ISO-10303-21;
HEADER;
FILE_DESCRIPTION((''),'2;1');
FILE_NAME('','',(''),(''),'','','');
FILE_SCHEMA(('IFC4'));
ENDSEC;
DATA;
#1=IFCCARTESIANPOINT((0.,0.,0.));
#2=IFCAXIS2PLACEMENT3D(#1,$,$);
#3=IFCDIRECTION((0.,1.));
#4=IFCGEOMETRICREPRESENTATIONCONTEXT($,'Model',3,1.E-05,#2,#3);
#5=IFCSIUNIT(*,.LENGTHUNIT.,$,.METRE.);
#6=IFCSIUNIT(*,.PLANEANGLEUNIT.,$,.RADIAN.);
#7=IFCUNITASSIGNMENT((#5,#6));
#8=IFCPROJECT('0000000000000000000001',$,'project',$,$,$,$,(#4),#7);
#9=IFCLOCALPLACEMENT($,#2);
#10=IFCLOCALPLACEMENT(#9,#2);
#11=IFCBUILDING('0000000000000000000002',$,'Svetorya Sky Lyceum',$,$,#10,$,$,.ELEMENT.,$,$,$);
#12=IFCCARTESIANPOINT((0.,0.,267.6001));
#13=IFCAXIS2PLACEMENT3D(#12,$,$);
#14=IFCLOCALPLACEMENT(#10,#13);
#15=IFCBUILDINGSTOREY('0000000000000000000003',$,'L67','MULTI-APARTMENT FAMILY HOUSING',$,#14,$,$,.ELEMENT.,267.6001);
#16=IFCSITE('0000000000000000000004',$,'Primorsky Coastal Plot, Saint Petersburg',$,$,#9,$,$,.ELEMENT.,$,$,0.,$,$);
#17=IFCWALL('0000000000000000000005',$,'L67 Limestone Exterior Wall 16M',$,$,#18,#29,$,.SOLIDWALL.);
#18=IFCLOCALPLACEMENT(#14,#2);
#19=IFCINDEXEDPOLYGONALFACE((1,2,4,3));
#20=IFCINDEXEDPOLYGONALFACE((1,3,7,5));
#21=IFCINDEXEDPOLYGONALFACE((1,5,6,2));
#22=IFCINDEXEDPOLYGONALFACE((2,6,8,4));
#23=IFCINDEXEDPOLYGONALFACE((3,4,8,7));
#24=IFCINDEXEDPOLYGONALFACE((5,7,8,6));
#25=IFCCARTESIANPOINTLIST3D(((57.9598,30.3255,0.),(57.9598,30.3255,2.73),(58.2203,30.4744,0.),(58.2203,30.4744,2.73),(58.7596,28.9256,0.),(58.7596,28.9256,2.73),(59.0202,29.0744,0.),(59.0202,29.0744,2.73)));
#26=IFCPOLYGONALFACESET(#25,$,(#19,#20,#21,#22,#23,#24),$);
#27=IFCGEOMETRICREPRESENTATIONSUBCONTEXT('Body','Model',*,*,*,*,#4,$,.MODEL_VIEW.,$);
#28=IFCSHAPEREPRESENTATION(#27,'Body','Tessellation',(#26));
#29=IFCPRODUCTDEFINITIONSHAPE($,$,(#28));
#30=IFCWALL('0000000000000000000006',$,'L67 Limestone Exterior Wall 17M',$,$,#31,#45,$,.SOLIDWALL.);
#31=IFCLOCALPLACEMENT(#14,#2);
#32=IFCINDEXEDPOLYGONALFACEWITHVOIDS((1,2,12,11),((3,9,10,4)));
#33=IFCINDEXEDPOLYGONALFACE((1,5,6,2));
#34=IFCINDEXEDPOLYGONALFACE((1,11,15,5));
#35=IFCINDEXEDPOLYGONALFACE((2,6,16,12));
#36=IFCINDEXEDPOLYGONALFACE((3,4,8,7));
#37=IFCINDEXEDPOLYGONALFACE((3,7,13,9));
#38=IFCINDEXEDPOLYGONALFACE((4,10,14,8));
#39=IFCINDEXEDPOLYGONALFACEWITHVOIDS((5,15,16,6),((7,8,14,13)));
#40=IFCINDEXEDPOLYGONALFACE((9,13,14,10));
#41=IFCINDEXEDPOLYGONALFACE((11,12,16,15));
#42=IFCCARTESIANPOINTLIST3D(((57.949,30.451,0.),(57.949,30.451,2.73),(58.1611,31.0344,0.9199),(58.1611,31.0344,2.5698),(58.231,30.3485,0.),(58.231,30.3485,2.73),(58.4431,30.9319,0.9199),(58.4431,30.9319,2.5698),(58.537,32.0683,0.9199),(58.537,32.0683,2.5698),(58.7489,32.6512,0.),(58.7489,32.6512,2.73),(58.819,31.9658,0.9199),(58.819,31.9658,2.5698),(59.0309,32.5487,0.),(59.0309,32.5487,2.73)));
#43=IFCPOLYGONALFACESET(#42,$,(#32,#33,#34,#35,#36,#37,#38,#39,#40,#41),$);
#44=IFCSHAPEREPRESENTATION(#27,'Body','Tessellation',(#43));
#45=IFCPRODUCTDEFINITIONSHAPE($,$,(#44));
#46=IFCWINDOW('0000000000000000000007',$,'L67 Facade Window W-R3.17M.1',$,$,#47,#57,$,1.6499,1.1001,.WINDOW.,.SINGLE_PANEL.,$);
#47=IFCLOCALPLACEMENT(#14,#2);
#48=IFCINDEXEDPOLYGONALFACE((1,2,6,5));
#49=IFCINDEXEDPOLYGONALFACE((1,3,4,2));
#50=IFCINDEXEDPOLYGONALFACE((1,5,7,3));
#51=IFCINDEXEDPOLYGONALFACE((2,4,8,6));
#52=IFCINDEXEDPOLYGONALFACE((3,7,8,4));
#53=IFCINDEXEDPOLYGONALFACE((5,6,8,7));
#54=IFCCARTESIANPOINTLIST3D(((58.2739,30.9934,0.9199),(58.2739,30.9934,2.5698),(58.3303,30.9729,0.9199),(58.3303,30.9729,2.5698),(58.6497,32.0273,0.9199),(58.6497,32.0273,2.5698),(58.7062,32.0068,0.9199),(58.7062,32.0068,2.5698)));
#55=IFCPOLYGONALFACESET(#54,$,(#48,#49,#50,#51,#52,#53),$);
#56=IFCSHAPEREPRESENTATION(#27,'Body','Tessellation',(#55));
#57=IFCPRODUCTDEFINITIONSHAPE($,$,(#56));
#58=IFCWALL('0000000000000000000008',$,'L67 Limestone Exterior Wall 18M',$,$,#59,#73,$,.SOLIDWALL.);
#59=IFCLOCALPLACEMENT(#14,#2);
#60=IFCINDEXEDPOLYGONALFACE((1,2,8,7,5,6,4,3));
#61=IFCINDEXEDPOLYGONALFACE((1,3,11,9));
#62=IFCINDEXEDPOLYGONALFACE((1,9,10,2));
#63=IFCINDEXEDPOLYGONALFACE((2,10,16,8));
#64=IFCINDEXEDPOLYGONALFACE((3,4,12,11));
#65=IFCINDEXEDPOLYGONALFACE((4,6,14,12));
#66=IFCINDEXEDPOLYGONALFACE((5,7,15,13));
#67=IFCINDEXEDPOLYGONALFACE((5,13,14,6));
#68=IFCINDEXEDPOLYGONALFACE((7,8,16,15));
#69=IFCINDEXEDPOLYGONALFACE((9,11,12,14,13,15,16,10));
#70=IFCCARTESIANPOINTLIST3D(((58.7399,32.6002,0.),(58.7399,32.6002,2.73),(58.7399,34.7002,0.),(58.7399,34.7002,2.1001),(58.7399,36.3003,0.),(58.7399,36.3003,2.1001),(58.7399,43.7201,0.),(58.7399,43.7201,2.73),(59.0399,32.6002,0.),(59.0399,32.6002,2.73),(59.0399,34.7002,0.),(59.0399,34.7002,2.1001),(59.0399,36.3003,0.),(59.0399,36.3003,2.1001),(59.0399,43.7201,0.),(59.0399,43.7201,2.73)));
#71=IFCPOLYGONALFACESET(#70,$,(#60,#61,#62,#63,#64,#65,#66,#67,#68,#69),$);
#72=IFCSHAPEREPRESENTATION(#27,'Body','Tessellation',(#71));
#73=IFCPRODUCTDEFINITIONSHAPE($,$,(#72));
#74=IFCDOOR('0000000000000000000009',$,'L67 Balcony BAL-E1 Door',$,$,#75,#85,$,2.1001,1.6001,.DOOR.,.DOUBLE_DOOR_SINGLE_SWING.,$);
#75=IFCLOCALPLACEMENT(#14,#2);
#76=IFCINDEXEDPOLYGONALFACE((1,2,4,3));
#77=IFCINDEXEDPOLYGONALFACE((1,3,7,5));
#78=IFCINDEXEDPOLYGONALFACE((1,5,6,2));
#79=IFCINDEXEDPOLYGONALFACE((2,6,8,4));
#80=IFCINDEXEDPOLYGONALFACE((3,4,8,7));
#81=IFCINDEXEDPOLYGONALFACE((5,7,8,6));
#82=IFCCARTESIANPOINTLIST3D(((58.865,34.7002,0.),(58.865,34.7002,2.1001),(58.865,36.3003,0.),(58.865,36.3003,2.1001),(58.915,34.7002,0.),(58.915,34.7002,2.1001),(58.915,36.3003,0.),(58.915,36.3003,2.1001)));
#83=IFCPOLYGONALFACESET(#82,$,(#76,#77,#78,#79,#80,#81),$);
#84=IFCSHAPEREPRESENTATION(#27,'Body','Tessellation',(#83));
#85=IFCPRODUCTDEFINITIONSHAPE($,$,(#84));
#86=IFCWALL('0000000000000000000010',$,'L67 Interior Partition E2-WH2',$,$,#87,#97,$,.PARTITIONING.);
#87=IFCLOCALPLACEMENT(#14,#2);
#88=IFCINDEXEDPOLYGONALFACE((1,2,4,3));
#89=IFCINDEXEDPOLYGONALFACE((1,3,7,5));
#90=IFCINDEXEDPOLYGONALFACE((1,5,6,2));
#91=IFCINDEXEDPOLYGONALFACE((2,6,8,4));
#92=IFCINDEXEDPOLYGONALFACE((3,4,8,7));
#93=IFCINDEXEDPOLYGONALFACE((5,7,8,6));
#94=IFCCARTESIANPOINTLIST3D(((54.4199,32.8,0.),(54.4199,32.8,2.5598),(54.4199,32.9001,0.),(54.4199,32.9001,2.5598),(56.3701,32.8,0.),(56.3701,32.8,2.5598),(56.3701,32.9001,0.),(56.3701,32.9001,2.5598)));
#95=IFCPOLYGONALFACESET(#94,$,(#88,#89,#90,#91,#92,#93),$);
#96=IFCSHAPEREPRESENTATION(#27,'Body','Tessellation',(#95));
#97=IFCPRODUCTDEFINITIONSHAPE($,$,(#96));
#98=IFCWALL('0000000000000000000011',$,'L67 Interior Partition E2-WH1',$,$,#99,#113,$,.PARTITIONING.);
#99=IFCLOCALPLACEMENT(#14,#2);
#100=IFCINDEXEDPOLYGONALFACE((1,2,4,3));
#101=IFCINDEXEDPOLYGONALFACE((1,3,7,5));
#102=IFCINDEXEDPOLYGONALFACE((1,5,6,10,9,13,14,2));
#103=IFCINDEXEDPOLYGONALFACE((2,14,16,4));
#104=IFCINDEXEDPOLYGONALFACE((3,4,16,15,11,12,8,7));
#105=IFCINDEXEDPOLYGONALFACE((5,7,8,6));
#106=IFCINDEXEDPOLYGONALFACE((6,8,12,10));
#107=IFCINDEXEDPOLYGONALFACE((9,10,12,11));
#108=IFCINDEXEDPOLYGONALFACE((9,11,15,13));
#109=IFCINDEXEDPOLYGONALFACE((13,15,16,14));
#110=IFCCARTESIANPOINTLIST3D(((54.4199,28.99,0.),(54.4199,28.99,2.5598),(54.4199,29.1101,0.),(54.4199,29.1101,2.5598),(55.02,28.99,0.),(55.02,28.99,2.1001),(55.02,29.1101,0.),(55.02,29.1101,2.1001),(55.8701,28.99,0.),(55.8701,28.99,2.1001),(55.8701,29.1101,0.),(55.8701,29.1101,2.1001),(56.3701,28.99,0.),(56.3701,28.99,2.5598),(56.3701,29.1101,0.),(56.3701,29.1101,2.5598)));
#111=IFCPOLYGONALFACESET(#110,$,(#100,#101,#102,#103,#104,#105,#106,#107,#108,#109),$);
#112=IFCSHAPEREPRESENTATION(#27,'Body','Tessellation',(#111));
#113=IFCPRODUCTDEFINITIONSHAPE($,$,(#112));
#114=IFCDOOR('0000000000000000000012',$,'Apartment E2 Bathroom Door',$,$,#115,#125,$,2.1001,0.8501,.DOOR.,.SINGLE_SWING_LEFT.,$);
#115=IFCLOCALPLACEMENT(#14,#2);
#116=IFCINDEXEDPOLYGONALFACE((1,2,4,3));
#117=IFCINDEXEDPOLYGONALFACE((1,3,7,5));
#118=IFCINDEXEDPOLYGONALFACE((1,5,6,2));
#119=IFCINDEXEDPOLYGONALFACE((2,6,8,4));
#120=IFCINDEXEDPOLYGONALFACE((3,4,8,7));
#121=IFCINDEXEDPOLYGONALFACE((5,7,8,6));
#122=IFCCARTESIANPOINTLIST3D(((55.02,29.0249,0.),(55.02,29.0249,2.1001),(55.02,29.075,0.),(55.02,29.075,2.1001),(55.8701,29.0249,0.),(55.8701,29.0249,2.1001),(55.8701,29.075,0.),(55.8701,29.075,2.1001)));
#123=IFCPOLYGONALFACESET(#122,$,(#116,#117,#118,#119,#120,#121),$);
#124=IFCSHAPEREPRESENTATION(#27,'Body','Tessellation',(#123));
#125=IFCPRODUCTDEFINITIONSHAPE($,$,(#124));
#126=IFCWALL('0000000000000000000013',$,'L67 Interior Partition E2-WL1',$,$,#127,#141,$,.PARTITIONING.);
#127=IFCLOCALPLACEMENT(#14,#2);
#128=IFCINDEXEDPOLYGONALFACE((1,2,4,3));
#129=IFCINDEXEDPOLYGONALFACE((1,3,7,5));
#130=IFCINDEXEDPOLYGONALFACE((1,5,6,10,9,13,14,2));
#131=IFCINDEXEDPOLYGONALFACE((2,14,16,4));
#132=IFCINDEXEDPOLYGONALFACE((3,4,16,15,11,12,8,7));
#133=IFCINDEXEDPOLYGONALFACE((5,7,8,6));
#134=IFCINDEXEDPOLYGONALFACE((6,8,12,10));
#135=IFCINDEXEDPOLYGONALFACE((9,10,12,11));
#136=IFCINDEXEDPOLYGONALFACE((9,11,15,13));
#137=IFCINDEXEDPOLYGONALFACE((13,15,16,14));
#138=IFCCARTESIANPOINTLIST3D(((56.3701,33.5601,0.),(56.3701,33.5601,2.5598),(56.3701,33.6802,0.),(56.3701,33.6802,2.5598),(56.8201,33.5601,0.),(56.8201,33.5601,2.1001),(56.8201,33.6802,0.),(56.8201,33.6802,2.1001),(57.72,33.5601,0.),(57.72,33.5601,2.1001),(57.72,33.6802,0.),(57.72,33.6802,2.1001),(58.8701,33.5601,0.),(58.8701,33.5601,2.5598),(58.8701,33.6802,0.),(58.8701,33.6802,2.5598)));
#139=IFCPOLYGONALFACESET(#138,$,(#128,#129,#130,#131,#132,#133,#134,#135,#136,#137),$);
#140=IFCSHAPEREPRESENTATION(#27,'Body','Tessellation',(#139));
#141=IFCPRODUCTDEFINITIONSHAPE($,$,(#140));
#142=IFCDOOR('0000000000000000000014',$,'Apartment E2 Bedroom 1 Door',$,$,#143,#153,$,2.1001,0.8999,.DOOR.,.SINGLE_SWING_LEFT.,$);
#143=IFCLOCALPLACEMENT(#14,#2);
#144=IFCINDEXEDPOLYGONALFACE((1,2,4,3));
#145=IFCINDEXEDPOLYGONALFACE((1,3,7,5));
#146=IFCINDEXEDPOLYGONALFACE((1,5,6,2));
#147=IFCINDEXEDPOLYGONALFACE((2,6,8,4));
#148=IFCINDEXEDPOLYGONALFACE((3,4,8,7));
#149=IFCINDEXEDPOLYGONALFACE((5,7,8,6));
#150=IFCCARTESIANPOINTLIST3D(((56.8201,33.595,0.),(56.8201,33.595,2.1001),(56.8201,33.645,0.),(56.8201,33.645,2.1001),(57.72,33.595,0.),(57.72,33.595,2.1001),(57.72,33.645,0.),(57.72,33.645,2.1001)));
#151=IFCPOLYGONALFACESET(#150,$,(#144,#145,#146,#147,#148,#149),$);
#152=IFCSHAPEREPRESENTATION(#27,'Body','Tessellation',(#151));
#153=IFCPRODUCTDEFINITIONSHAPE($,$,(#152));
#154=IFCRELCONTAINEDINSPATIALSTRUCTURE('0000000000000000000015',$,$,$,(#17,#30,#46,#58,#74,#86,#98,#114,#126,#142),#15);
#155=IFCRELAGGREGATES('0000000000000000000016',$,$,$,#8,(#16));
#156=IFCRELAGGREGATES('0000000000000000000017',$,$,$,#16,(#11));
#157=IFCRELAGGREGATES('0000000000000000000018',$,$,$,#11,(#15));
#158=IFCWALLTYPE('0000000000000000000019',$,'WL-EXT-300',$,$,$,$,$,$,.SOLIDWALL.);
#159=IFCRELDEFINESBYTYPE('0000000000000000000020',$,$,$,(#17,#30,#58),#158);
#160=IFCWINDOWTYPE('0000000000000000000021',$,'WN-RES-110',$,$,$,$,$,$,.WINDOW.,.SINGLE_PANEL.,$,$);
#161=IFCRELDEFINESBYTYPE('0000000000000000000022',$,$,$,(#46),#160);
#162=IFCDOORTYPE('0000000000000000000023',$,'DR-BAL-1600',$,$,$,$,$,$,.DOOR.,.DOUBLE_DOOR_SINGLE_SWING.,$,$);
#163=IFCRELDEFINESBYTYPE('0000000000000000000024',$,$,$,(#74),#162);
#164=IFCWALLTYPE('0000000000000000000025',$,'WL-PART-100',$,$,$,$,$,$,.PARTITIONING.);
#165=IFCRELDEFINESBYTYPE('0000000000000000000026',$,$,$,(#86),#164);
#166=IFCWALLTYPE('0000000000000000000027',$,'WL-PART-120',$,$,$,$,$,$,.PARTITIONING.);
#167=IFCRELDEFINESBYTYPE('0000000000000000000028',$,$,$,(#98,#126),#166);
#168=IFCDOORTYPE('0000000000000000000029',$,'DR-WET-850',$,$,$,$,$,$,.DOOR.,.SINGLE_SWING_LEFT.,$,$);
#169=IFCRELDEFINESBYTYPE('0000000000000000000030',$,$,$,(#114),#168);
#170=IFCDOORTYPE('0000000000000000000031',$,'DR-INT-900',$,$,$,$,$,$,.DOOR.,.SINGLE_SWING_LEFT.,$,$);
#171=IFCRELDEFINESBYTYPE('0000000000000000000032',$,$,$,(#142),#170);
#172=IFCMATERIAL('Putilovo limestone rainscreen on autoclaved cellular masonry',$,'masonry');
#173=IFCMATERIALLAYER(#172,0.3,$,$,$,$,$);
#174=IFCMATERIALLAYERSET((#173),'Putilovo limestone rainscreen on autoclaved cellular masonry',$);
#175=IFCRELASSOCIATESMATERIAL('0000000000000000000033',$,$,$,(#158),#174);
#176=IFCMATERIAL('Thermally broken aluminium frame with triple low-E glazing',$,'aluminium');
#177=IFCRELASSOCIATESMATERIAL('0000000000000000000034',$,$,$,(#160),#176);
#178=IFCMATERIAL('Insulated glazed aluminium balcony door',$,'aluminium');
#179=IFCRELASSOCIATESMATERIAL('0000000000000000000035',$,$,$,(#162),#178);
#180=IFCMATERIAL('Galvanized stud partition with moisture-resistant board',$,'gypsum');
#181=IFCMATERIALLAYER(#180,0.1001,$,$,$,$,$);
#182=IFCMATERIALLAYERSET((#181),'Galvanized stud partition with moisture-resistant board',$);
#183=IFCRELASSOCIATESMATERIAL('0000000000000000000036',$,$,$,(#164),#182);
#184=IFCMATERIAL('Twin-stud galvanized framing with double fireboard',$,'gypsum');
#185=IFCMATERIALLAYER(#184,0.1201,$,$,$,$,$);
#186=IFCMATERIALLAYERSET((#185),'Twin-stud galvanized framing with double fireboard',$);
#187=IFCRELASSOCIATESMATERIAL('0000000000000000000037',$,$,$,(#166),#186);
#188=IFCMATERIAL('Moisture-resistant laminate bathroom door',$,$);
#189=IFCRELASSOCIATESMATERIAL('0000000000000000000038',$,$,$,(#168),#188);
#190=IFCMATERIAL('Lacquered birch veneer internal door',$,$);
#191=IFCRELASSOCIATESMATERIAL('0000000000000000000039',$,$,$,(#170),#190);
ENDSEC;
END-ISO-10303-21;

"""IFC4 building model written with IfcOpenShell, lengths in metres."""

from ifc_helpers import new_model, si_unit, direction, frame, frame_2d, origin, place, context, subcontext, project, spatial, rectangle, extrude, material, layer, layer_set, type_object, element, fill, save


model = new_model("IFC4")

# Units and contexts
model_context = context("Model", 3, precision=1e-05, world=origin(), true_north=direction((0.0, 1.0)))
body_context = subcontext(model_context, "Body", "Model", "MODEL_VIEW")
ifc_project = project(units=[si_unit("LENGTHUNIT", "METRE"), si_unit("PLANEANGLEUNIT", "RADIAN")], contexts=[model_context])

# Site, building, storey
site_placement = place(None, origin())
site = spatial("IfcSite", under=ifc_project, at=site_placement, Name="Primorsky Coastal Plot, Saint Petersburg", CompositionType="ELEMENT", RefElevation=0.0)
building_placement = place(site_placement, origin())
building = spatial("IfcBuilding", under=site, at=building_placement, Name="Svetorya Sky Lyceum", CompositionType="ELEMENT")
storey_placement = place(building_placement, frame((0.0, 0.0, 267.6001)))
storey = spatial("IfcBuildingStorey", under=building, at=storey_placement, Name="L67", Description="MULTI-APARTMENT FAMILY HOUSING", CompositionType="ELEMENT", Elevation=267.6001)

# Wall
ifc_material_1 = material(Name="Putilovo limestone rainscreen on autoclaved cellular masonry", Category="masonry")
ifc_layer_1 = layer(ifc_material_1, 0.3)
ifc_layer_set_1 = layer_set([ifc_layer_1], Name="Putilovo limestone rainscreen on autoclaved cellular masonry")
wall_type_1 = type_object("IfcWallType", Name="WL-EXT-300", PredefinedType="SOLIDWALL", material=ifc_layer_set_1)
wall_1_placement = place(storey_placement, frame((58.8899, 29.0, 0.0), z_axis=(0.0, 0.0, 1.0), x_axis=(-0.496074, 0.86828, 0.0)))
element("IfcWall", 1, at=wall_1_placement, inside=storey, type_object=wall_type_1, Name="L67 Limestone Exterior Wall 16M", PredefinedType="SOLIDWALL", context=body_context, shape_type="SweptSolid", body=[
    extrude(rectangle(XDim=1.6123, YDim=0.3, at=frame_2d((0.8062, 0.0))), origin(), (0.0, 0.0, 1.0), 2.73),
])

# Wall, opening, window
wall_2_placement = place(storey_placement, frame((58.0901, 30.3999, 0.0), z_axis=(0.0, 0.0, 1.0), x_axis=(0.341643, 0.93983, 0.0)))
wall_2 = element("IfcWall", 2, at=wall_2_placement, inside=storey, type_object=wall_type_1, Name="L67 Limestone Exterior Wall 17M", PredefinedType="SOLIDWALL", context=body_context, shape_type="SweptSolid", body=[
    extrude(rectangle(XDim=2.3411, YDim=0.3, at=frame_2d((1.1704, 0.0))), origin(), (0.0, 0.0, 1.0), 2.73),
])
opening_1_placement = place(wall_2_placement, frame((0.6206, 0.0, 0.9199)))
opening_1 = element("IfcOpeningElement", 3, at=opening_1_placement, cuts=wall_2, PredefinedType="OPENING", context=body_context, shape_type="SweptSolid", body=[
    extrude(rectangle(XDim=1.1001, YDim=1.6499, at=frame_2d((0.55, 0.825))), frame((0.0, 0.1599, 0.0), z_axis=(0.0, -1.0, 0.0), x_axis=(1.0, 0.0, 0.0)), (0.0, 0.0, 1.0), 0.3201),
])
ifc_material_2 = material(Name="Thermally broken aluminium frame with triple low-E glazing", Category="aluminium")
window_type = type_object("IfcWindowType", Name="WN-RES-110", PartitioningType="SINGLE_PANEL", PredefinedType="WINDOW", material=ifc_material_2)
window_placement = place(opening_1_placement, origin())
window = element("IfcWindow", 4, at=window_placement, inside=storey, type_object=window_type, Name="L67 Facade Window W-R3.17M.1", OverallHeight=1.6499, OverallWidth=1.1001, PartitioningType="SINGLE_PANEL", PredefinedType="WINDOW", context=body_context, shape_type="SweptSolid", body=[
    extrude(rectangle(XDim=1.1001, YDim=1.6499, at=frame_2d((0.55, 0.825))), frame((0.0, 0.03, 0.0), z_axis=(0.0, -1.0, 0.0), x_axis=(1.0, 0.0, 0.0)), (0.0, 0.0, 1.0), 0.0601),
])
fill(opening_1, window)

# Wall, opening, door
wall_3_placement = place(storey_placement, frame((58.8899, 32.6001, 0.0), z_axis=(0.0, 0.0, 1.0), x_axis=(0.0, 1.0, 0.0)))
wall_3 = element("IfcWall", 5, at=wall_3_placement, inside=storey, type_object=wall_type_1, Name="L67 Limestone Exterior Wall 18M", PredefinedType="SOLIDWALL", context=body_context, shape_type="SweptSolid", body=[
    extrude(rectangle(XDim=11.1199, YDim=0.3, at=frame_2d((5.5601, 0.0))), origin(), (0.0, 0.0, 1.0), 2.73),
])
opening_2_placement = place(wall_3_placement, frame((2.1001, 0.0, 0.0)))
opening_2 = element("IfcOpeningElement", 6, at=opening_2_placement, cuts=wall_3, PredefinedType="OPENING", context=body_context, shape_type="SweptSolid", body=[
    extrude(rectangle(XDim=1.6001, YDim=2.1001, at=frame_2d((0.8, 1.05))), frame((0.0, 0.1599, 0.0), z_axis=(0.0, -1.0, 0.0), x_axis=(1.0, 0.0, 0.0)), (0.0, 0.0, 1.0), 0.3201),
])
ifc_material_3 = material(Name="Insulated glazed aluminium balcony door", Category="aluminium")
door_type_1 = type_object("IfcDoorType", Name="DR-BAL-1600", OperationType="DOUBLE_DOOR_SINGLE_SWING", PredefinedType="DOOR", material=ifc_material_3)
door_1_placement = place(opening_2_placement, origin())
door_1 = element("IfcDoor", 7, at=door_1_placement, inside=storey, type_object=door_type_1, Name="L67 Balcony BAL-E1 Door", OperationType="DOUBLE_DOOR_SINGLE_SWING", OverallHeight=2.1001, OverallWidth=1.6001, PredefinedType="DOOR", context=body_context, shape_type="SweptSolid", body=[
    extrude(rectangle(XDim=1.6001, YDim=2.1001, at=frame_2d((0.8, 1.05))), frame((0.0, 0.0249, 0.0), z_axis=(0.0, -1.0, 0.0), x_axis=(1.0, 0.0, 0.0)), (0.0, 0.0, 1.0), 0.05),
])
fill(opening_2, door_1)

# Wall
ifc_material_4 = material(Name="Galvanized stud partition with moisture-resistant board", Category="gypsum")
ifc_layer_2 = layer(ifc_material_4, 0.1001)
ifc_layer_set_2 = layer_set([ifc_layer_2], Name="Galvanized stud partition with moisture-resistant board")
wall_type_2 = type_object("IfcWallType", Name="WL-PART-100", PredefinedType="PARTITIONING", material=ifc_layer_set_2)
wall_4_placement = place(storey_placement, frame((54.4199, 32.8501, 0.0), z_axis=(0.0, 0.0, 1.0), x_axis=(1.0, 0.0, 0.0)))
element("IfcWall", 8, at=wall_4_placement, inside=storey, type_object=wall_type_2, Name="L67 Interior Partition E2-WH2", PredefinedType="PARTITIONING", context=body_context, shape_type="SweptSolid", body=[
    extrude(rectangle(XDim=1.9502, YDim=0.1001, at=frame_2d((0.9751, 0.0))), origin(), (0.0, 0.0, 1.0), 2.5598),
])

# Walls, openings, doors
ifc_material_5 = material(Name="Twin-stud galvanized framing with double fireboard", Category="gypsum")
ifc_layer_3 = layer(ifc_material_5, 0.1201)
ifc_layer_set_3 = layer_set([ifc_layer_3], Name="Twin-stud galvanized framing with double fireboard")
wall_type_3 = type_object("IfcWallType", Name="WL-PART-120", PredefinedType="PARTITIONING", material=ifc_layer_set_3)
wall_5_placement = place(storey_placement, frame((54.4199, 29.05, 0.0), z_axis=(0.0, 0.0, 1.0), x_axis=(1.0, 0.0, 0.0)))
wall_5 = element("IfcWall", 9, at=wall_5_placement, inside=storey, type_object=wall_type_3, Name="L67 Interior Partition E2-WH1", PredefinedType="PARTITIONING", context=body_context, shape_type="SweptSolid", body=[
    extrude(rectangle(XDim=1.9502, YDim=0.1201, at=frame_2d((0.9751, 0.0))), origin(), (0.0, 0.0, 1.0), 2.5598),
])
opening_3_placement = place(wall_5_placement, frame((0.6001, 0.0, 0.0)))
opening_3 = element("IfcOpeningElement", 10, at=opening_3_placement, cuts=wall_5, PredefinedType="OPENING", context=body_context, shape_type="SweptSolid", body=[
    extrude(rectangle(XDim=0.8501, YDim=2.1001, at=frame_2d((0.425, 1.05))), frame((0.0, 0.0701, 0.0), z_axis=(0.0, -1.0, 0.0), x_axis=(1.0, 0.0, 0.0)), (0.0, 0.0, 1.0), 0.1401),
])
ifc_material_6 = material(Name="Moisture-resistant laminate bathroom door")
door_type_2 = type_object("IfcDoorType", Name="DR-WET-850", OperationType="SINGLE_SWING_LEFT", PredefinedType="DOOR", material=ifc_material_6)
door_2_placement = place(opening_3_placement, origin())
door_2 = element("IfcDoor", 11, at=door_2_placement, inside=storey, type_object=door_type_2, Name="Apartment E2 Bathroom Door", OperationType="SINGLE_SWING_LEFT", OverallHeight=2.1001, OverallWidth=0.8501, PredefinedType="DOOR", context=body_context, shape_type="SweptSolid", body=[
    extrude(rectangle(XDim=0.8501, YDim=2.1001, at=frame_2d((0.425, 1.05))), frame((0.0, 0.0249, 0.0), z_axis=(0.0, -1.0, 0.0), x_axis=(1.0, 0.0, 0.0)), (0.0, 0.0, 1.0), 0.05),
])
fill(opening_3, door_2)
wall_6_placement = place(storey_placement, frame((56.3701, 33.6201, 0.0), z_axis=(0.0, 0.0, 1.0), x_axis=(1.0, 0.0, 0.0)))
wall_6 = element("IfcWall", 12, at=wall_6_placement, inside=storey, type_object=wall_type_3, Name="L67 Interior Partition E2-WL1", PredefinedType="PARTITIONING", context=body_context, shape_type="SweptSolid", body=[
    extrude(rectangle(XDim=2.5, YDim=0.1201, at=frame_2d((1.25, 0.0))), origin(), (0.0, 0.0, 1.0), 2.5598),
])
opening_4_placement = place(wall_6_placement, frame((0.45, 0.0, 0.0)))
opening_4 = element("IfcOpeningElement", 13, at=opening_4_placement, cuts=wall_6, PredefinedType="OPENING", context=body_context, shape_type="SweptSolid", body=[
    extrude(rectangle(XDim=0.8999, YDim=2.1001, at=frame_2d((0.45, 1.05))), frame((0.0, 0.0701, 0.0), z_axis=(0.0, -1.0, 0.0), x_axis=(1.0, 0.0, 0.0)), (0.0, 0.0, 1.0), 0.1401),
])
ifc_material_7 = material(Name="Lacquered birch veneer internal door")
door_type_3 = type_object("IfcDoorType", Name="DR-INT-900", OperationType="SINGLE_SWING_LEFT", PredefinedType="DOOR", material=ifc_material_7)
door_3_placement = place(opening_4_placement, origin())
door_3 = element("IfcDoor", 14, at=door_3_placement, inside=storey, type_object=door_type_3, Name="Apartment E2 Bedroom 1 Door", OperationType="SINGLE_SWING_LEFT", OverallHeight=2.1001, OverallWidth=0.8999, PredefinedType="DOOR", context=body_context, shape_type="SweptSolid", body=[
    extrude(rectangle(XDim=0.8999, YDim=2.1001, at=frame_2d((0.45, 1.05))), frame((0.0, 0.0249, 0.0), z_axis=(0.0, -1.0, 0.0), x_axis=(1.0, 0.0, 0.0)), (0.0, 0.0, 1.0), 0.05),
])
fill(opening_4, door_3)

save(model, "model.ifc")
